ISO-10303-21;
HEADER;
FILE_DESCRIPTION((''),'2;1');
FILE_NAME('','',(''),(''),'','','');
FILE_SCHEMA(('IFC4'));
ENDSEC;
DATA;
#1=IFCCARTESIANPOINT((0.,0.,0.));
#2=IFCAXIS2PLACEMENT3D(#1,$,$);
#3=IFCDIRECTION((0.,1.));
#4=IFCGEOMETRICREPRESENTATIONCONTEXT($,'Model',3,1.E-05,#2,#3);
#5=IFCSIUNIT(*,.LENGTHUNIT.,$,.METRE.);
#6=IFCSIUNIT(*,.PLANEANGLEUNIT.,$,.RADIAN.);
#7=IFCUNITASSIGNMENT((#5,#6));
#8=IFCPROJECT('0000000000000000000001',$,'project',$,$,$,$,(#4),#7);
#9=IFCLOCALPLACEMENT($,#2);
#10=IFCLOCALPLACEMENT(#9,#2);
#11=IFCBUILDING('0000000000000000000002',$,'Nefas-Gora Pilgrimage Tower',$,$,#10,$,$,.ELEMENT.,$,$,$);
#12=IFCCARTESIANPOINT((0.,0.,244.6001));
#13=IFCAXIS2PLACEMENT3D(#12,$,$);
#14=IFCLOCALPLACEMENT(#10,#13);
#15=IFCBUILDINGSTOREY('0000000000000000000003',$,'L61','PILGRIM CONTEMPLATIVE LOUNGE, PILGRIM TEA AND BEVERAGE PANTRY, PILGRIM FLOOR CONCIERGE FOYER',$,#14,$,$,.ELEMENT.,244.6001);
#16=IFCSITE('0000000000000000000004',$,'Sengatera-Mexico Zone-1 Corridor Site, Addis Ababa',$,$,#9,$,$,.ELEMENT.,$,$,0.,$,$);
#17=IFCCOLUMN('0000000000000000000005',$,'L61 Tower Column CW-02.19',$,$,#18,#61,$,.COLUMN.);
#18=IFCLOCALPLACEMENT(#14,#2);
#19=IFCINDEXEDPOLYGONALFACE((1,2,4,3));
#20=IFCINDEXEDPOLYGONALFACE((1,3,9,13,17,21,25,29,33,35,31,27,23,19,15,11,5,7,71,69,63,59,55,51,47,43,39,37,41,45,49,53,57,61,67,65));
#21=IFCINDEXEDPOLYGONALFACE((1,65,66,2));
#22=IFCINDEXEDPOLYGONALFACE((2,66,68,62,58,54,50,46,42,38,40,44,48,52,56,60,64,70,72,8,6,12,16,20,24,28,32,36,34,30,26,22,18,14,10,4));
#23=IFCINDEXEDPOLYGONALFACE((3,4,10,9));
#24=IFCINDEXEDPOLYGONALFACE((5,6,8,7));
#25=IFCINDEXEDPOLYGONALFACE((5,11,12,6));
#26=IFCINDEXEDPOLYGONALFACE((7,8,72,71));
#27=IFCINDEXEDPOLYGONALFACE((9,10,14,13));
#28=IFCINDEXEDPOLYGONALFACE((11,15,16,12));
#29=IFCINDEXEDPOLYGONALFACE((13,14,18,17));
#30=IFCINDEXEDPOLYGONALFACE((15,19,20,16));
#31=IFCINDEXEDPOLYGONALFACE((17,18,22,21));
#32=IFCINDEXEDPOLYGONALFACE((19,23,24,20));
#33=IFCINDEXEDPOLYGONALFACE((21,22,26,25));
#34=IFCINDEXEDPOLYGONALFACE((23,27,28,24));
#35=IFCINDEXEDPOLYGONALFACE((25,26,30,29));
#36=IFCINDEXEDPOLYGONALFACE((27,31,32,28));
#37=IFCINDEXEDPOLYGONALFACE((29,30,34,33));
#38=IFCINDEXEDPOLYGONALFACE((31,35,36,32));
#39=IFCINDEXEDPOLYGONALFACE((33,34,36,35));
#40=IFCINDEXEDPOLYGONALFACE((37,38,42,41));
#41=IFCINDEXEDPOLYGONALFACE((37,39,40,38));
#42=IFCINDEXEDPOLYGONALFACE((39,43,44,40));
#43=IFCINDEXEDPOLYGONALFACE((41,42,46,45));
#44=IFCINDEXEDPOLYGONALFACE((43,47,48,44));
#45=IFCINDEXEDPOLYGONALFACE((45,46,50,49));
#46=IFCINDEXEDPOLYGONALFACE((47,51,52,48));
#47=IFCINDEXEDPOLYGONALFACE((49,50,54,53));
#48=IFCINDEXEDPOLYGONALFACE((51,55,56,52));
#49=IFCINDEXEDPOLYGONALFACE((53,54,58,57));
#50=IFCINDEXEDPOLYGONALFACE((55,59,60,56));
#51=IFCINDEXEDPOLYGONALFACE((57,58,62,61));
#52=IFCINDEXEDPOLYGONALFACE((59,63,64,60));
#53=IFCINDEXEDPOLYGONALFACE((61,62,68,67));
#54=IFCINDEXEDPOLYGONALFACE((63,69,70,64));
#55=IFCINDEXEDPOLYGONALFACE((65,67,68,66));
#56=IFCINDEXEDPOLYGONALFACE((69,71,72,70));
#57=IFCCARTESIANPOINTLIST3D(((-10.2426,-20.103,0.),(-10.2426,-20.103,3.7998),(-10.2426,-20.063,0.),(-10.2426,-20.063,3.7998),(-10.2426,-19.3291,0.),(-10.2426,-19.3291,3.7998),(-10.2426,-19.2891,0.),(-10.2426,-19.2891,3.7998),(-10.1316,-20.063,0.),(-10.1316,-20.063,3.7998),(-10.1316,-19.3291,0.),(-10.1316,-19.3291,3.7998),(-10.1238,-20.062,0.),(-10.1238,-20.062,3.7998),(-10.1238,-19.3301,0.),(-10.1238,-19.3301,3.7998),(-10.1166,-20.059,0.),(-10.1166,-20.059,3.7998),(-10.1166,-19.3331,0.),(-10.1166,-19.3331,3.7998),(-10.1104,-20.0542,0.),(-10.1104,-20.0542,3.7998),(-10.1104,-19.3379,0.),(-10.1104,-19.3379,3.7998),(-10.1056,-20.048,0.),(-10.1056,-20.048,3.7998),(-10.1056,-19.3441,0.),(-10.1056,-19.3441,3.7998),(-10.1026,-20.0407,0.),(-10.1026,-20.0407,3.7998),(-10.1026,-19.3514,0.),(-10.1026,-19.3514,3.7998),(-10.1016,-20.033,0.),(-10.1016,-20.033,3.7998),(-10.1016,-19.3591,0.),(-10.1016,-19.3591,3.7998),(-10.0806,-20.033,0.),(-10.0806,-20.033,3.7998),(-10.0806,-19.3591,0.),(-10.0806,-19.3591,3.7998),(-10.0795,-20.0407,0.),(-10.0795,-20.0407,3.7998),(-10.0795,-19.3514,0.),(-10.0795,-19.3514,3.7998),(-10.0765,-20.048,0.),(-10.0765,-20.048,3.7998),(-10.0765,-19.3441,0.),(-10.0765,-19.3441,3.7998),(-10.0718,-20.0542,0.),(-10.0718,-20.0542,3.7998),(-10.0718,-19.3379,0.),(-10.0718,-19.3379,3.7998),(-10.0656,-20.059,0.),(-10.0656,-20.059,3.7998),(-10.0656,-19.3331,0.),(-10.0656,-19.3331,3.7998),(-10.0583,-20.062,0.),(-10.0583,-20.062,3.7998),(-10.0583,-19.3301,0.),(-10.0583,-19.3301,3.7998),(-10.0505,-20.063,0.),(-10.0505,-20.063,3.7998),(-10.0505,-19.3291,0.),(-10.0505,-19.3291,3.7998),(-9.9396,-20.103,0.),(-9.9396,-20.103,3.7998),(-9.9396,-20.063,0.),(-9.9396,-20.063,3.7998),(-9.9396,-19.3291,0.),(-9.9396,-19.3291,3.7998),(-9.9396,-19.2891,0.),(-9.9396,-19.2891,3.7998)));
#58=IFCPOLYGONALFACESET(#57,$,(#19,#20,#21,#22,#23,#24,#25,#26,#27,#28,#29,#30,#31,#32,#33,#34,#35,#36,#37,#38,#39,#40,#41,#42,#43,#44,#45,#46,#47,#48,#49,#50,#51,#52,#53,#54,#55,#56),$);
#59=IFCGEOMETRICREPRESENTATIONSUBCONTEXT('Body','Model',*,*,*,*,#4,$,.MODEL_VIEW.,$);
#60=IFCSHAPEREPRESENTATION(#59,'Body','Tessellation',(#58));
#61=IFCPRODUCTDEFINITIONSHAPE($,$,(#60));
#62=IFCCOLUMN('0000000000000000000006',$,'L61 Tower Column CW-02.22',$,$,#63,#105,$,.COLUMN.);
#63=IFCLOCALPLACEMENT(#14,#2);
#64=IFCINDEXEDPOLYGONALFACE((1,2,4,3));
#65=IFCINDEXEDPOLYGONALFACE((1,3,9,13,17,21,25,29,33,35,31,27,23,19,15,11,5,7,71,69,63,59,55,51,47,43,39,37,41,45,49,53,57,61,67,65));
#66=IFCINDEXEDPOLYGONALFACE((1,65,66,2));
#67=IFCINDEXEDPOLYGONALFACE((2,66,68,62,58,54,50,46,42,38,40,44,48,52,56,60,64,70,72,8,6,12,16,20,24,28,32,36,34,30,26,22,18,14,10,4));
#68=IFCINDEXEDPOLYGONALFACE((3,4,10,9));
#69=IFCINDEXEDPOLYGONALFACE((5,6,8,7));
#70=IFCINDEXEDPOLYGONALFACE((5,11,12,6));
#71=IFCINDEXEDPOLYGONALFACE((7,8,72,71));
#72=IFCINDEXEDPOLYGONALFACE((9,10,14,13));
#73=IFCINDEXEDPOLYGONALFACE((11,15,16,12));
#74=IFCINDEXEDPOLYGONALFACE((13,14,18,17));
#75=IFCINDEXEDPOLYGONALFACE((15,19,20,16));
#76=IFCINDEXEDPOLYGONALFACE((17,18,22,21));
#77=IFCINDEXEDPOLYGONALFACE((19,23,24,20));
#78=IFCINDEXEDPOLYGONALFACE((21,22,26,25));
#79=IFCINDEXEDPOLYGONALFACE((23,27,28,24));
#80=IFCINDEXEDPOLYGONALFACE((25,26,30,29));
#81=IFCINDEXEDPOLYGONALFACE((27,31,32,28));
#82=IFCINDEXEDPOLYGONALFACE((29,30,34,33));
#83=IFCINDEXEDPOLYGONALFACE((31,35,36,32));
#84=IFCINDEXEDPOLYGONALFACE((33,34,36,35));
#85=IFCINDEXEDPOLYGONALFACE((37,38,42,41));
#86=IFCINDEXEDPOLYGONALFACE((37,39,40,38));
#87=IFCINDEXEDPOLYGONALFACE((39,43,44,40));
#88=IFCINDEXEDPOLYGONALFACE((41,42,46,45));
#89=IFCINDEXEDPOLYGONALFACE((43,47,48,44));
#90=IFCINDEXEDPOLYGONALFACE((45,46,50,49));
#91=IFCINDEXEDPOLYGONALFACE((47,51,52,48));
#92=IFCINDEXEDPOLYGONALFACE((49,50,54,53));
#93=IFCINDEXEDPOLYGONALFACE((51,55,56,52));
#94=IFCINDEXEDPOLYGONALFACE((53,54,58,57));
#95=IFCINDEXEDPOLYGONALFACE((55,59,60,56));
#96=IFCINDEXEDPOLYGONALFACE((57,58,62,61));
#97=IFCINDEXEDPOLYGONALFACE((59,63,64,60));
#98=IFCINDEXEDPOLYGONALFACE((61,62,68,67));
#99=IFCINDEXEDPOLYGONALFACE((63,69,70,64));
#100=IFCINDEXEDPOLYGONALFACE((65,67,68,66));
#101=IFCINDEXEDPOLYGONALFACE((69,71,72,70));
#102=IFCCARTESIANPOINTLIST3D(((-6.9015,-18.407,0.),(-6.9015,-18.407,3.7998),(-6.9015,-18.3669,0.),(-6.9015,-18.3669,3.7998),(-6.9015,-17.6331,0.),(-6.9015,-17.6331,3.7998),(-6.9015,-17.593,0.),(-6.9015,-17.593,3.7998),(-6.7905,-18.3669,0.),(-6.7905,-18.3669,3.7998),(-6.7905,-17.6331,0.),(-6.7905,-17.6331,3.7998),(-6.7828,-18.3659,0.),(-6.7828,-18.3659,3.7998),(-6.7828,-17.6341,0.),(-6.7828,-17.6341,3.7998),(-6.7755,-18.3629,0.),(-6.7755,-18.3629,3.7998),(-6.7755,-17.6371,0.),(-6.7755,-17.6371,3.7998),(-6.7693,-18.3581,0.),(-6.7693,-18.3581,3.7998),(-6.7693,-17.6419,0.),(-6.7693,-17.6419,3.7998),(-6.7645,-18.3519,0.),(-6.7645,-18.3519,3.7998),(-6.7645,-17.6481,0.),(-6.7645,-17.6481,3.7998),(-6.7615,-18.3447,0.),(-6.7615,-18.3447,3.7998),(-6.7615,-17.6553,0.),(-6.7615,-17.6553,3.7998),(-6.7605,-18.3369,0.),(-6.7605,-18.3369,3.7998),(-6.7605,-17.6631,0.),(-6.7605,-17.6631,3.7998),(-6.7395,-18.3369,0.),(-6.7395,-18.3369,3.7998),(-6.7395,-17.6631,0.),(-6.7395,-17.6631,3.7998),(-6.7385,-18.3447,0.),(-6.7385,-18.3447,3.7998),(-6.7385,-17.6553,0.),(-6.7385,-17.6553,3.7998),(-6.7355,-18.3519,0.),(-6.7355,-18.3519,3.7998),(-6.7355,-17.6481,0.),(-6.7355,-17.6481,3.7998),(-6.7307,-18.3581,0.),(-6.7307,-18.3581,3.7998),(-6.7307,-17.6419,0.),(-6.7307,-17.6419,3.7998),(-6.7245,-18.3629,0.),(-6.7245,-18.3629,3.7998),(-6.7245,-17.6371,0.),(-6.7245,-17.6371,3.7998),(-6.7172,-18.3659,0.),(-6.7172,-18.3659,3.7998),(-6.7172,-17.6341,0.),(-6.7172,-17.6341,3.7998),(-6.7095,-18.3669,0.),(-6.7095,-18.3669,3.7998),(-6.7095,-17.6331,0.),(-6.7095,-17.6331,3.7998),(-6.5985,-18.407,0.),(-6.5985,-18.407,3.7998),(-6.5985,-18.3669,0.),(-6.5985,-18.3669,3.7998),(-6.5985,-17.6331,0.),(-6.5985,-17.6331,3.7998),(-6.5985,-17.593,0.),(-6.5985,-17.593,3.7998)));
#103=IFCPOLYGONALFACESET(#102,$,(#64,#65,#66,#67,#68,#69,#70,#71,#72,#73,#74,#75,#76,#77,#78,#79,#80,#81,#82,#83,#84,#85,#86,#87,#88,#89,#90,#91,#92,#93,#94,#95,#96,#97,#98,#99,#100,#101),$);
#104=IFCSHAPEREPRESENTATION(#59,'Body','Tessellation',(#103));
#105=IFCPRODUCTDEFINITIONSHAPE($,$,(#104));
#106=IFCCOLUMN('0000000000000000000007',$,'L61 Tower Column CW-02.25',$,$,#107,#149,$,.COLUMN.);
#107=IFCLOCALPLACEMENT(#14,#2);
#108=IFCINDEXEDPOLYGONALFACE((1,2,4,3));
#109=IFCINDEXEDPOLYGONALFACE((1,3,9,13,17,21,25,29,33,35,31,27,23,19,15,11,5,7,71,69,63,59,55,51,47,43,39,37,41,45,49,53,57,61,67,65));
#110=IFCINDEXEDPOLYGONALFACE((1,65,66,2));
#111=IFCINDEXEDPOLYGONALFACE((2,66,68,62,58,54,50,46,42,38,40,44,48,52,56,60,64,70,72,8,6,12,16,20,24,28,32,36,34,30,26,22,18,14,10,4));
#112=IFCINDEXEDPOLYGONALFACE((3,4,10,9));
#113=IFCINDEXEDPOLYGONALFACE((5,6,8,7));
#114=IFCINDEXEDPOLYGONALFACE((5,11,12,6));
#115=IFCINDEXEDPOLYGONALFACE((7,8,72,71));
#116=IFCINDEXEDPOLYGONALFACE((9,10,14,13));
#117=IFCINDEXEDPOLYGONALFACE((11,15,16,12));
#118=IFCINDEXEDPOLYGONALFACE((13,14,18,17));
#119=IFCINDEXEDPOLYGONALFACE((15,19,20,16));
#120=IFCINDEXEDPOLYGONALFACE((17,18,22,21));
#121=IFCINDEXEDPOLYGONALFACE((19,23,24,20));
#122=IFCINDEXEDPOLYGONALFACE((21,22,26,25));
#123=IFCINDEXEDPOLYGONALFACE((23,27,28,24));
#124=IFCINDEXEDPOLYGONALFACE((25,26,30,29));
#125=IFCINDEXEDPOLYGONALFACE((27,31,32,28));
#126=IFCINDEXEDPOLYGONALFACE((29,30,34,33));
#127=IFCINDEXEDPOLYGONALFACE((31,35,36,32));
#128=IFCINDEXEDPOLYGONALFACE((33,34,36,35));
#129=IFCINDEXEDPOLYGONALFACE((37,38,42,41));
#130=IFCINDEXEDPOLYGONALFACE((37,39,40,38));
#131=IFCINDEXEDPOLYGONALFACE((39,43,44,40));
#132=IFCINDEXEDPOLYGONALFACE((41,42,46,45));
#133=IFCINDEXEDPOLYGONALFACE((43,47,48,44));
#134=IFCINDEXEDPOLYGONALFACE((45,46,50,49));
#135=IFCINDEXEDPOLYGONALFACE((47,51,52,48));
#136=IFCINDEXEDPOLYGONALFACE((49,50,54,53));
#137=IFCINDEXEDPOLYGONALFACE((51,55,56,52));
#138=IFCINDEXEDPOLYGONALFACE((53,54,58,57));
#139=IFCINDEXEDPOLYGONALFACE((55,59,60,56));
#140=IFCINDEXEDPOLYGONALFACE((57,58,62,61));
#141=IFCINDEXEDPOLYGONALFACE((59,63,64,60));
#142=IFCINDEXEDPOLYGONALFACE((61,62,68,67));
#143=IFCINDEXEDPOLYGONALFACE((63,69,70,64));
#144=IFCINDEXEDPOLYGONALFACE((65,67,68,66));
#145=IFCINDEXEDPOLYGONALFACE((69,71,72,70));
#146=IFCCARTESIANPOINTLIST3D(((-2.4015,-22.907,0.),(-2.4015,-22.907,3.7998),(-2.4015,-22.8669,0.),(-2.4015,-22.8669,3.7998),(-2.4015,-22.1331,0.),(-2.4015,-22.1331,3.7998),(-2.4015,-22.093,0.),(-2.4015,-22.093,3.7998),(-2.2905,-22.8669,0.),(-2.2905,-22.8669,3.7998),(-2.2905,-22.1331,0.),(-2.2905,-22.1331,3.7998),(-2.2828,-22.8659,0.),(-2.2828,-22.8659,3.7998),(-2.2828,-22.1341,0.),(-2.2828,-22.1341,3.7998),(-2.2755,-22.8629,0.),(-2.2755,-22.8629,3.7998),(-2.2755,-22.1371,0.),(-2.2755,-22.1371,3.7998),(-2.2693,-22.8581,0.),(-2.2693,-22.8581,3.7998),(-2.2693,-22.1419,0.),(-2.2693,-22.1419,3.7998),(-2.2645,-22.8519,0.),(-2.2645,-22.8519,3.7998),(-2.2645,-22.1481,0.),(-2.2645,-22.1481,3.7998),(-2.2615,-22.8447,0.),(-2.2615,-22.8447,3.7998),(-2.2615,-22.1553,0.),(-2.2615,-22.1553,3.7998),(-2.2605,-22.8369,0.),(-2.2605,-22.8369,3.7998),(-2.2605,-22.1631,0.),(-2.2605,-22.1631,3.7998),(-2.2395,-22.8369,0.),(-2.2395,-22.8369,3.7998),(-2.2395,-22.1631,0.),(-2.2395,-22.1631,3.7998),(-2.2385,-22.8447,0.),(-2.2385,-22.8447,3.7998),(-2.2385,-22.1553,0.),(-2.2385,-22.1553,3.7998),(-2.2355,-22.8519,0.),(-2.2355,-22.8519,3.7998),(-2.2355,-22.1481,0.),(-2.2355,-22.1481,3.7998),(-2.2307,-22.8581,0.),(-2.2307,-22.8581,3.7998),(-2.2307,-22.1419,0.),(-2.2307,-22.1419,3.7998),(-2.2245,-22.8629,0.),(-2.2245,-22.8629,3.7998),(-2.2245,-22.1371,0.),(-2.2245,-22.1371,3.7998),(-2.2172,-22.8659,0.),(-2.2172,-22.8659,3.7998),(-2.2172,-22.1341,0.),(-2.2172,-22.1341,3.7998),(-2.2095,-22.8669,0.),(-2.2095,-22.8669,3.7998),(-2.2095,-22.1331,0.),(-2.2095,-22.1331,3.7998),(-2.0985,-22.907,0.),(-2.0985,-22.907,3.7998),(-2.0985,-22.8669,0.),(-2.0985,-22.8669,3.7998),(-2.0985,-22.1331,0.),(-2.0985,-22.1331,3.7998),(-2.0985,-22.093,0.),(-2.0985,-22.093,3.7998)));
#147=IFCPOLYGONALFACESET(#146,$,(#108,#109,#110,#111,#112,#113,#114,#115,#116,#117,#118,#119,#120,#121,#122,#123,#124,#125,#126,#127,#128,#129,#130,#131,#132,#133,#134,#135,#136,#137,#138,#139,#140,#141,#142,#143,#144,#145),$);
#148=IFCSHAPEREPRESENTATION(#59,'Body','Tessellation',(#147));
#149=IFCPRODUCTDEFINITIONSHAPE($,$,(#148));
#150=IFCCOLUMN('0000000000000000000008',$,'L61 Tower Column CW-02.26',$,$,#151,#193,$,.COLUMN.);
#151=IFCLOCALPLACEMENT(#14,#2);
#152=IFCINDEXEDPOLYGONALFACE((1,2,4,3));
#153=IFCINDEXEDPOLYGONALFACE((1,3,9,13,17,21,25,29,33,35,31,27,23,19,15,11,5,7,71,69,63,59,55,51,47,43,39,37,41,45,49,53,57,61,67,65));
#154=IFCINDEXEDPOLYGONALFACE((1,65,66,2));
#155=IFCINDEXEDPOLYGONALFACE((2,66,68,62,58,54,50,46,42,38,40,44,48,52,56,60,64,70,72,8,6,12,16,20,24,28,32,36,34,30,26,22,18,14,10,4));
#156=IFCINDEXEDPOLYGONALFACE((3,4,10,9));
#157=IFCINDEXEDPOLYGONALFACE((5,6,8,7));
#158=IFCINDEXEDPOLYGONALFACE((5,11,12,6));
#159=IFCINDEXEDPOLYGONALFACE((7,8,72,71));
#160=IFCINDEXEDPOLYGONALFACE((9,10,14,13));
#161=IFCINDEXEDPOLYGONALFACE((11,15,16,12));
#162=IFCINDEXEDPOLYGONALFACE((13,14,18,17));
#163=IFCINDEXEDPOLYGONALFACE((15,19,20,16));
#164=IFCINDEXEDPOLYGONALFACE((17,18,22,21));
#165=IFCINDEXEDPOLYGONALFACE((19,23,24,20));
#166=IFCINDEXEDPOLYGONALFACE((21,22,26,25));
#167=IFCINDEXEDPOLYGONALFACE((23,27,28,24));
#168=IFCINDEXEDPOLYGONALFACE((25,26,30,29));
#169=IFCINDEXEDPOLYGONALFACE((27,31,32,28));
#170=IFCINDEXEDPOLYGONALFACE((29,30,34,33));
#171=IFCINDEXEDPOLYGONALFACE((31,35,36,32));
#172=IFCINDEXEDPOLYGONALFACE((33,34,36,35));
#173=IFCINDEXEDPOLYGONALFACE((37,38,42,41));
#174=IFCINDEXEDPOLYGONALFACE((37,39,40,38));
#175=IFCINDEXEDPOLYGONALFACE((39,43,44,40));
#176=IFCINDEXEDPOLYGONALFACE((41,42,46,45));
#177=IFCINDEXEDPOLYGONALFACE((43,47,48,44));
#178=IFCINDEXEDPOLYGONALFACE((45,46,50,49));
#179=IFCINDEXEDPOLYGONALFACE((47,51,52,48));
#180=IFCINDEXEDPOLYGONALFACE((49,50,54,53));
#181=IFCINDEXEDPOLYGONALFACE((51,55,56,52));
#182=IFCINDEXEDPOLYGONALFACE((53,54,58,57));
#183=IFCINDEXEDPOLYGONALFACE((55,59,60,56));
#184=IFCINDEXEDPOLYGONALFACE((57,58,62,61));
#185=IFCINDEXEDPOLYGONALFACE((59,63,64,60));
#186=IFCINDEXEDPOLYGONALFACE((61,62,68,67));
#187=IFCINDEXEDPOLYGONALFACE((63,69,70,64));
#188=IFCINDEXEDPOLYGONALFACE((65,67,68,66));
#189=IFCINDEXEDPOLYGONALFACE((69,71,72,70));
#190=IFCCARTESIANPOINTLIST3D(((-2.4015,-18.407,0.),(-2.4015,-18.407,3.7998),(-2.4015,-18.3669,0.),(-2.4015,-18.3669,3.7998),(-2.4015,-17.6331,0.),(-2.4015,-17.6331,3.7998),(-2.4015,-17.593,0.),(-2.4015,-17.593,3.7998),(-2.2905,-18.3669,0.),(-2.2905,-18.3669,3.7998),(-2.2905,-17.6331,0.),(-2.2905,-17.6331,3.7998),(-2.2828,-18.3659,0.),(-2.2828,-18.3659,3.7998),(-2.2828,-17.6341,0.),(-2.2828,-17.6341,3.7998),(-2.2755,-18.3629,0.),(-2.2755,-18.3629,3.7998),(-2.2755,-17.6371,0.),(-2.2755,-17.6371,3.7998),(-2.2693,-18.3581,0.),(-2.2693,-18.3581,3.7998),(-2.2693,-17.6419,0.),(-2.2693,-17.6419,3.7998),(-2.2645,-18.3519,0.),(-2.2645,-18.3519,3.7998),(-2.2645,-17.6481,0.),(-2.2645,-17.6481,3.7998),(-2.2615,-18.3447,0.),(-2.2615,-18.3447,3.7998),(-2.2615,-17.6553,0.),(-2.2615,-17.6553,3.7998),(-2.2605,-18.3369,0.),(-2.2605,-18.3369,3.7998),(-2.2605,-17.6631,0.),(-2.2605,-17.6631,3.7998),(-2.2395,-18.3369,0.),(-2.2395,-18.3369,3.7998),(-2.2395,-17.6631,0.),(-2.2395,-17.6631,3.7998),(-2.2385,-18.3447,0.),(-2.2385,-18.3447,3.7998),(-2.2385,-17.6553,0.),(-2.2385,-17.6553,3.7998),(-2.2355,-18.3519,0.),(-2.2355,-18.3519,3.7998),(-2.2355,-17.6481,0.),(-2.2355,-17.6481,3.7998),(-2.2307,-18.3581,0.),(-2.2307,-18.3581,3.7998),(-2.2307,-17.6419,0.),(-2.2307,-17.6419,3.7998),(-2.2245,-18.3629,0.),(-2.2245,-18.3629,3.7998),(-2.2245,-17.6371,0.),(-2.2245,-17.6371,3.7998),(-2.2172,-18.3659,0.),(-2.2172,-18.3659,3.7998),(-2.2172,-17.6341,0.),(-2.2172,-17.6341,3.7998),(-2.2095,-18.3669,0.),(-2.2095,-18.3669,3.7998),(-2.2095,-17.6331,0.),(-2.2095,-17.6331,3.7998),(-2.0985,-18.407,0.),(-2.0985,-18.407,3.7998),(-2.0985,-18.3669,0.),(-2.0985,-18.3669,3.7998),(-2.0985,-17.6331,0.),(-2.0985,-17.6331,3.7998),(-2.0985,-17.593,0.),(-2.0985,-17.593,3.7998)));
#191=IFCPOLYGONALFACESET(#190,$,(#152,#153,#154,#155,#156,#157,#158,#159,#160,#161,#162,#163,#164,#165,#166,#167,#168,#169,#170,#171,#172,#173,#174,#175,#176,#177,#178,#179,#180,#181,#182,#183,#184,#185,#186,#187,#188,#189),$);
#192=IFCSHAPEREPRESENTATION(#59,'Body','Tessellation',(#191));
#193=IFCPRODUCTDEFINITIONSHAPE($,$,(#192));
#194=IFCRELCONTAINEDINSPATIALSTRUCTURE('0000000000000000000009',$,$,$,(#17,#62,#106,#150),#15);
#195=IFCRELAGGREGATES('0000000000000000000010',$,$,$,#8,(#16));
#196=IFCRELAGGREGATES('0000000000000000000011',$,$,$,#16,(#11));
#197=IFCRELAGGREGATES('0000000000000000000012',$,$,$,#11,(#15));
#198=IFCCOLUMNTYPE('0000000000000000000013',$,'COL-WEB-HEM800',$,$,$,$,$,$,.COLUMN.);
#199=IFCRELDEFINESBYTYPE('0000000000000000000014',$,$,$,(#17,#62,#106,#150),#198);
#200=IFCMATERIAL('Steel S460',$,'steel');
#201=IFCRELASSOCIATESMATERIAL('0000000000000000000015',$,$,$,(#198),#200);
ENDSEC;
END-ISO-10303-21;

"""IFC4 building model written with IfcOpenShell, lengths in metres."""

from ifc_helpers import new_model, si_unit, direction, frame, origin, origin_2d, place, context, subcontext, project, spatial, i_section, extrude, source, transform, mapped, material, material_profile, profile_set, type_object, element, save


model = new_model("IFC4")

# Units and contexts
model_context = context("Model", 3, precision=1e-05, world=origin(), true_north=direction((0.0, 1.0)))
body_context = subcontext(model_context, "Body", "Model", "MODEL_VIEW")
ifc_project = project(units=[si_unit("LENGTHUNIT", "METRE"), si_unit("PLANEANGLEUNIT", "RADIAN")], contexts=[model_context])

# Site, building, storey
site_placement = place(None, origin())
site = spatial("IfcSite", under=ifc_project, at=site_placement, Name="Sengatera-Mexico Zone-1 Corridor Site, Addis Ababa", CompositionType="ELEMENT", RefElevation=0.0)
building_placement = place(site_placement, origin())
building = spatial("IfcBuilding", under=site, at=building_placement, Name="Nefas-Gora Pilgrimage Tower", CompositionType="ELEMENT")
storey_placement = place(building_placement, frame((0.0, 0.0, 244.6001)))
storey = spatial("IfcBuildingStorey", under=building, at=storey_placement, Name="L61", Description="PILGRIM CONTEMPLATIVE LOUNGE, PILGRIM TEA AND BEVERAGE PANTRY, PILGRIM FLOOR CONCIERGE FOYER", CompositionType="ELEMENT", Elevation=244.6001)

# Columns
ifc_material_1 = material(Name="Steel S460", Category="steel")
ifc_material_profile_1 = material_profile(ifc_material_1, i_section(OverallWidth=0.303, OverallDepth=0.814, WebThickness=0.021, FlangeThickness=0.04, FilletRadius=0.03, at=origin_2d()), Name="HEM 800")
ifc_profile_set_1 = profile_set([ifc_material_profile_1], Name="Steel S460")
column_type_1 = type_object("IfcColumnType", Name="COL-WEB-HEM800", PredefinedType="COLUMN", material=ifc_profile_set_1)
shared_shape_1 = source(origin(), body_context, "Body", "SweptSolid", [
    extrude(i_section(OverallWidth=0.303, OverallDepth=0.814, WebThickness=0.021, FlangeThickness=0.04, FilletRadius=0.03, at=origin_2d()), origin(), (0.0, 0.0, 1.0), 3.7998),
])
for number, where, z_axis, x_axis, name in (
    (1, (-10.0911, -19.696, 0.0), (0.0, 0.0, 1.0), (1.0, 0.0, 0.0), "L61 Tower Column CW-02.19"),
    (2, (-6.75, -18.0, 0.0), (0.0, 0.0, 1.0), (1.0, 0.0, 0.0), "L61 Tower Column CW-02.22"),
    (3, (-2.25, -22.5, 0.0), (0.0, 0.0, 1.0), (1.0, 0.0, 0.0), "L61 Tower Column CW-02.25"),
    (4, (-2.25, -18.0, 0.0), (0.0, 0.0, 1.0), (1.0, 0.0, 0.0), "L61 Tower Column CW-02.26"),
):
    element("IfcColumn", number, at=place(storey_placement, frame(where, z_axis=z_axis, x_axis=x_axis)), inside=storey, type_object=column_type_1, Name=name, PredefinedType="COLUMN", context=body_context, shape_type="MappedRepresentation", body=[
        mapped(shared_shape_1, transform((0.0, 0.0, 0.0), x_axis=(1.0, 0.0, 0.0), y_axis=(0.0, 1.0, 0.0), z_axis=(0.0, 0.0, 1.0), scale=1.0)),
    ])

save(model, "model.ifc")
